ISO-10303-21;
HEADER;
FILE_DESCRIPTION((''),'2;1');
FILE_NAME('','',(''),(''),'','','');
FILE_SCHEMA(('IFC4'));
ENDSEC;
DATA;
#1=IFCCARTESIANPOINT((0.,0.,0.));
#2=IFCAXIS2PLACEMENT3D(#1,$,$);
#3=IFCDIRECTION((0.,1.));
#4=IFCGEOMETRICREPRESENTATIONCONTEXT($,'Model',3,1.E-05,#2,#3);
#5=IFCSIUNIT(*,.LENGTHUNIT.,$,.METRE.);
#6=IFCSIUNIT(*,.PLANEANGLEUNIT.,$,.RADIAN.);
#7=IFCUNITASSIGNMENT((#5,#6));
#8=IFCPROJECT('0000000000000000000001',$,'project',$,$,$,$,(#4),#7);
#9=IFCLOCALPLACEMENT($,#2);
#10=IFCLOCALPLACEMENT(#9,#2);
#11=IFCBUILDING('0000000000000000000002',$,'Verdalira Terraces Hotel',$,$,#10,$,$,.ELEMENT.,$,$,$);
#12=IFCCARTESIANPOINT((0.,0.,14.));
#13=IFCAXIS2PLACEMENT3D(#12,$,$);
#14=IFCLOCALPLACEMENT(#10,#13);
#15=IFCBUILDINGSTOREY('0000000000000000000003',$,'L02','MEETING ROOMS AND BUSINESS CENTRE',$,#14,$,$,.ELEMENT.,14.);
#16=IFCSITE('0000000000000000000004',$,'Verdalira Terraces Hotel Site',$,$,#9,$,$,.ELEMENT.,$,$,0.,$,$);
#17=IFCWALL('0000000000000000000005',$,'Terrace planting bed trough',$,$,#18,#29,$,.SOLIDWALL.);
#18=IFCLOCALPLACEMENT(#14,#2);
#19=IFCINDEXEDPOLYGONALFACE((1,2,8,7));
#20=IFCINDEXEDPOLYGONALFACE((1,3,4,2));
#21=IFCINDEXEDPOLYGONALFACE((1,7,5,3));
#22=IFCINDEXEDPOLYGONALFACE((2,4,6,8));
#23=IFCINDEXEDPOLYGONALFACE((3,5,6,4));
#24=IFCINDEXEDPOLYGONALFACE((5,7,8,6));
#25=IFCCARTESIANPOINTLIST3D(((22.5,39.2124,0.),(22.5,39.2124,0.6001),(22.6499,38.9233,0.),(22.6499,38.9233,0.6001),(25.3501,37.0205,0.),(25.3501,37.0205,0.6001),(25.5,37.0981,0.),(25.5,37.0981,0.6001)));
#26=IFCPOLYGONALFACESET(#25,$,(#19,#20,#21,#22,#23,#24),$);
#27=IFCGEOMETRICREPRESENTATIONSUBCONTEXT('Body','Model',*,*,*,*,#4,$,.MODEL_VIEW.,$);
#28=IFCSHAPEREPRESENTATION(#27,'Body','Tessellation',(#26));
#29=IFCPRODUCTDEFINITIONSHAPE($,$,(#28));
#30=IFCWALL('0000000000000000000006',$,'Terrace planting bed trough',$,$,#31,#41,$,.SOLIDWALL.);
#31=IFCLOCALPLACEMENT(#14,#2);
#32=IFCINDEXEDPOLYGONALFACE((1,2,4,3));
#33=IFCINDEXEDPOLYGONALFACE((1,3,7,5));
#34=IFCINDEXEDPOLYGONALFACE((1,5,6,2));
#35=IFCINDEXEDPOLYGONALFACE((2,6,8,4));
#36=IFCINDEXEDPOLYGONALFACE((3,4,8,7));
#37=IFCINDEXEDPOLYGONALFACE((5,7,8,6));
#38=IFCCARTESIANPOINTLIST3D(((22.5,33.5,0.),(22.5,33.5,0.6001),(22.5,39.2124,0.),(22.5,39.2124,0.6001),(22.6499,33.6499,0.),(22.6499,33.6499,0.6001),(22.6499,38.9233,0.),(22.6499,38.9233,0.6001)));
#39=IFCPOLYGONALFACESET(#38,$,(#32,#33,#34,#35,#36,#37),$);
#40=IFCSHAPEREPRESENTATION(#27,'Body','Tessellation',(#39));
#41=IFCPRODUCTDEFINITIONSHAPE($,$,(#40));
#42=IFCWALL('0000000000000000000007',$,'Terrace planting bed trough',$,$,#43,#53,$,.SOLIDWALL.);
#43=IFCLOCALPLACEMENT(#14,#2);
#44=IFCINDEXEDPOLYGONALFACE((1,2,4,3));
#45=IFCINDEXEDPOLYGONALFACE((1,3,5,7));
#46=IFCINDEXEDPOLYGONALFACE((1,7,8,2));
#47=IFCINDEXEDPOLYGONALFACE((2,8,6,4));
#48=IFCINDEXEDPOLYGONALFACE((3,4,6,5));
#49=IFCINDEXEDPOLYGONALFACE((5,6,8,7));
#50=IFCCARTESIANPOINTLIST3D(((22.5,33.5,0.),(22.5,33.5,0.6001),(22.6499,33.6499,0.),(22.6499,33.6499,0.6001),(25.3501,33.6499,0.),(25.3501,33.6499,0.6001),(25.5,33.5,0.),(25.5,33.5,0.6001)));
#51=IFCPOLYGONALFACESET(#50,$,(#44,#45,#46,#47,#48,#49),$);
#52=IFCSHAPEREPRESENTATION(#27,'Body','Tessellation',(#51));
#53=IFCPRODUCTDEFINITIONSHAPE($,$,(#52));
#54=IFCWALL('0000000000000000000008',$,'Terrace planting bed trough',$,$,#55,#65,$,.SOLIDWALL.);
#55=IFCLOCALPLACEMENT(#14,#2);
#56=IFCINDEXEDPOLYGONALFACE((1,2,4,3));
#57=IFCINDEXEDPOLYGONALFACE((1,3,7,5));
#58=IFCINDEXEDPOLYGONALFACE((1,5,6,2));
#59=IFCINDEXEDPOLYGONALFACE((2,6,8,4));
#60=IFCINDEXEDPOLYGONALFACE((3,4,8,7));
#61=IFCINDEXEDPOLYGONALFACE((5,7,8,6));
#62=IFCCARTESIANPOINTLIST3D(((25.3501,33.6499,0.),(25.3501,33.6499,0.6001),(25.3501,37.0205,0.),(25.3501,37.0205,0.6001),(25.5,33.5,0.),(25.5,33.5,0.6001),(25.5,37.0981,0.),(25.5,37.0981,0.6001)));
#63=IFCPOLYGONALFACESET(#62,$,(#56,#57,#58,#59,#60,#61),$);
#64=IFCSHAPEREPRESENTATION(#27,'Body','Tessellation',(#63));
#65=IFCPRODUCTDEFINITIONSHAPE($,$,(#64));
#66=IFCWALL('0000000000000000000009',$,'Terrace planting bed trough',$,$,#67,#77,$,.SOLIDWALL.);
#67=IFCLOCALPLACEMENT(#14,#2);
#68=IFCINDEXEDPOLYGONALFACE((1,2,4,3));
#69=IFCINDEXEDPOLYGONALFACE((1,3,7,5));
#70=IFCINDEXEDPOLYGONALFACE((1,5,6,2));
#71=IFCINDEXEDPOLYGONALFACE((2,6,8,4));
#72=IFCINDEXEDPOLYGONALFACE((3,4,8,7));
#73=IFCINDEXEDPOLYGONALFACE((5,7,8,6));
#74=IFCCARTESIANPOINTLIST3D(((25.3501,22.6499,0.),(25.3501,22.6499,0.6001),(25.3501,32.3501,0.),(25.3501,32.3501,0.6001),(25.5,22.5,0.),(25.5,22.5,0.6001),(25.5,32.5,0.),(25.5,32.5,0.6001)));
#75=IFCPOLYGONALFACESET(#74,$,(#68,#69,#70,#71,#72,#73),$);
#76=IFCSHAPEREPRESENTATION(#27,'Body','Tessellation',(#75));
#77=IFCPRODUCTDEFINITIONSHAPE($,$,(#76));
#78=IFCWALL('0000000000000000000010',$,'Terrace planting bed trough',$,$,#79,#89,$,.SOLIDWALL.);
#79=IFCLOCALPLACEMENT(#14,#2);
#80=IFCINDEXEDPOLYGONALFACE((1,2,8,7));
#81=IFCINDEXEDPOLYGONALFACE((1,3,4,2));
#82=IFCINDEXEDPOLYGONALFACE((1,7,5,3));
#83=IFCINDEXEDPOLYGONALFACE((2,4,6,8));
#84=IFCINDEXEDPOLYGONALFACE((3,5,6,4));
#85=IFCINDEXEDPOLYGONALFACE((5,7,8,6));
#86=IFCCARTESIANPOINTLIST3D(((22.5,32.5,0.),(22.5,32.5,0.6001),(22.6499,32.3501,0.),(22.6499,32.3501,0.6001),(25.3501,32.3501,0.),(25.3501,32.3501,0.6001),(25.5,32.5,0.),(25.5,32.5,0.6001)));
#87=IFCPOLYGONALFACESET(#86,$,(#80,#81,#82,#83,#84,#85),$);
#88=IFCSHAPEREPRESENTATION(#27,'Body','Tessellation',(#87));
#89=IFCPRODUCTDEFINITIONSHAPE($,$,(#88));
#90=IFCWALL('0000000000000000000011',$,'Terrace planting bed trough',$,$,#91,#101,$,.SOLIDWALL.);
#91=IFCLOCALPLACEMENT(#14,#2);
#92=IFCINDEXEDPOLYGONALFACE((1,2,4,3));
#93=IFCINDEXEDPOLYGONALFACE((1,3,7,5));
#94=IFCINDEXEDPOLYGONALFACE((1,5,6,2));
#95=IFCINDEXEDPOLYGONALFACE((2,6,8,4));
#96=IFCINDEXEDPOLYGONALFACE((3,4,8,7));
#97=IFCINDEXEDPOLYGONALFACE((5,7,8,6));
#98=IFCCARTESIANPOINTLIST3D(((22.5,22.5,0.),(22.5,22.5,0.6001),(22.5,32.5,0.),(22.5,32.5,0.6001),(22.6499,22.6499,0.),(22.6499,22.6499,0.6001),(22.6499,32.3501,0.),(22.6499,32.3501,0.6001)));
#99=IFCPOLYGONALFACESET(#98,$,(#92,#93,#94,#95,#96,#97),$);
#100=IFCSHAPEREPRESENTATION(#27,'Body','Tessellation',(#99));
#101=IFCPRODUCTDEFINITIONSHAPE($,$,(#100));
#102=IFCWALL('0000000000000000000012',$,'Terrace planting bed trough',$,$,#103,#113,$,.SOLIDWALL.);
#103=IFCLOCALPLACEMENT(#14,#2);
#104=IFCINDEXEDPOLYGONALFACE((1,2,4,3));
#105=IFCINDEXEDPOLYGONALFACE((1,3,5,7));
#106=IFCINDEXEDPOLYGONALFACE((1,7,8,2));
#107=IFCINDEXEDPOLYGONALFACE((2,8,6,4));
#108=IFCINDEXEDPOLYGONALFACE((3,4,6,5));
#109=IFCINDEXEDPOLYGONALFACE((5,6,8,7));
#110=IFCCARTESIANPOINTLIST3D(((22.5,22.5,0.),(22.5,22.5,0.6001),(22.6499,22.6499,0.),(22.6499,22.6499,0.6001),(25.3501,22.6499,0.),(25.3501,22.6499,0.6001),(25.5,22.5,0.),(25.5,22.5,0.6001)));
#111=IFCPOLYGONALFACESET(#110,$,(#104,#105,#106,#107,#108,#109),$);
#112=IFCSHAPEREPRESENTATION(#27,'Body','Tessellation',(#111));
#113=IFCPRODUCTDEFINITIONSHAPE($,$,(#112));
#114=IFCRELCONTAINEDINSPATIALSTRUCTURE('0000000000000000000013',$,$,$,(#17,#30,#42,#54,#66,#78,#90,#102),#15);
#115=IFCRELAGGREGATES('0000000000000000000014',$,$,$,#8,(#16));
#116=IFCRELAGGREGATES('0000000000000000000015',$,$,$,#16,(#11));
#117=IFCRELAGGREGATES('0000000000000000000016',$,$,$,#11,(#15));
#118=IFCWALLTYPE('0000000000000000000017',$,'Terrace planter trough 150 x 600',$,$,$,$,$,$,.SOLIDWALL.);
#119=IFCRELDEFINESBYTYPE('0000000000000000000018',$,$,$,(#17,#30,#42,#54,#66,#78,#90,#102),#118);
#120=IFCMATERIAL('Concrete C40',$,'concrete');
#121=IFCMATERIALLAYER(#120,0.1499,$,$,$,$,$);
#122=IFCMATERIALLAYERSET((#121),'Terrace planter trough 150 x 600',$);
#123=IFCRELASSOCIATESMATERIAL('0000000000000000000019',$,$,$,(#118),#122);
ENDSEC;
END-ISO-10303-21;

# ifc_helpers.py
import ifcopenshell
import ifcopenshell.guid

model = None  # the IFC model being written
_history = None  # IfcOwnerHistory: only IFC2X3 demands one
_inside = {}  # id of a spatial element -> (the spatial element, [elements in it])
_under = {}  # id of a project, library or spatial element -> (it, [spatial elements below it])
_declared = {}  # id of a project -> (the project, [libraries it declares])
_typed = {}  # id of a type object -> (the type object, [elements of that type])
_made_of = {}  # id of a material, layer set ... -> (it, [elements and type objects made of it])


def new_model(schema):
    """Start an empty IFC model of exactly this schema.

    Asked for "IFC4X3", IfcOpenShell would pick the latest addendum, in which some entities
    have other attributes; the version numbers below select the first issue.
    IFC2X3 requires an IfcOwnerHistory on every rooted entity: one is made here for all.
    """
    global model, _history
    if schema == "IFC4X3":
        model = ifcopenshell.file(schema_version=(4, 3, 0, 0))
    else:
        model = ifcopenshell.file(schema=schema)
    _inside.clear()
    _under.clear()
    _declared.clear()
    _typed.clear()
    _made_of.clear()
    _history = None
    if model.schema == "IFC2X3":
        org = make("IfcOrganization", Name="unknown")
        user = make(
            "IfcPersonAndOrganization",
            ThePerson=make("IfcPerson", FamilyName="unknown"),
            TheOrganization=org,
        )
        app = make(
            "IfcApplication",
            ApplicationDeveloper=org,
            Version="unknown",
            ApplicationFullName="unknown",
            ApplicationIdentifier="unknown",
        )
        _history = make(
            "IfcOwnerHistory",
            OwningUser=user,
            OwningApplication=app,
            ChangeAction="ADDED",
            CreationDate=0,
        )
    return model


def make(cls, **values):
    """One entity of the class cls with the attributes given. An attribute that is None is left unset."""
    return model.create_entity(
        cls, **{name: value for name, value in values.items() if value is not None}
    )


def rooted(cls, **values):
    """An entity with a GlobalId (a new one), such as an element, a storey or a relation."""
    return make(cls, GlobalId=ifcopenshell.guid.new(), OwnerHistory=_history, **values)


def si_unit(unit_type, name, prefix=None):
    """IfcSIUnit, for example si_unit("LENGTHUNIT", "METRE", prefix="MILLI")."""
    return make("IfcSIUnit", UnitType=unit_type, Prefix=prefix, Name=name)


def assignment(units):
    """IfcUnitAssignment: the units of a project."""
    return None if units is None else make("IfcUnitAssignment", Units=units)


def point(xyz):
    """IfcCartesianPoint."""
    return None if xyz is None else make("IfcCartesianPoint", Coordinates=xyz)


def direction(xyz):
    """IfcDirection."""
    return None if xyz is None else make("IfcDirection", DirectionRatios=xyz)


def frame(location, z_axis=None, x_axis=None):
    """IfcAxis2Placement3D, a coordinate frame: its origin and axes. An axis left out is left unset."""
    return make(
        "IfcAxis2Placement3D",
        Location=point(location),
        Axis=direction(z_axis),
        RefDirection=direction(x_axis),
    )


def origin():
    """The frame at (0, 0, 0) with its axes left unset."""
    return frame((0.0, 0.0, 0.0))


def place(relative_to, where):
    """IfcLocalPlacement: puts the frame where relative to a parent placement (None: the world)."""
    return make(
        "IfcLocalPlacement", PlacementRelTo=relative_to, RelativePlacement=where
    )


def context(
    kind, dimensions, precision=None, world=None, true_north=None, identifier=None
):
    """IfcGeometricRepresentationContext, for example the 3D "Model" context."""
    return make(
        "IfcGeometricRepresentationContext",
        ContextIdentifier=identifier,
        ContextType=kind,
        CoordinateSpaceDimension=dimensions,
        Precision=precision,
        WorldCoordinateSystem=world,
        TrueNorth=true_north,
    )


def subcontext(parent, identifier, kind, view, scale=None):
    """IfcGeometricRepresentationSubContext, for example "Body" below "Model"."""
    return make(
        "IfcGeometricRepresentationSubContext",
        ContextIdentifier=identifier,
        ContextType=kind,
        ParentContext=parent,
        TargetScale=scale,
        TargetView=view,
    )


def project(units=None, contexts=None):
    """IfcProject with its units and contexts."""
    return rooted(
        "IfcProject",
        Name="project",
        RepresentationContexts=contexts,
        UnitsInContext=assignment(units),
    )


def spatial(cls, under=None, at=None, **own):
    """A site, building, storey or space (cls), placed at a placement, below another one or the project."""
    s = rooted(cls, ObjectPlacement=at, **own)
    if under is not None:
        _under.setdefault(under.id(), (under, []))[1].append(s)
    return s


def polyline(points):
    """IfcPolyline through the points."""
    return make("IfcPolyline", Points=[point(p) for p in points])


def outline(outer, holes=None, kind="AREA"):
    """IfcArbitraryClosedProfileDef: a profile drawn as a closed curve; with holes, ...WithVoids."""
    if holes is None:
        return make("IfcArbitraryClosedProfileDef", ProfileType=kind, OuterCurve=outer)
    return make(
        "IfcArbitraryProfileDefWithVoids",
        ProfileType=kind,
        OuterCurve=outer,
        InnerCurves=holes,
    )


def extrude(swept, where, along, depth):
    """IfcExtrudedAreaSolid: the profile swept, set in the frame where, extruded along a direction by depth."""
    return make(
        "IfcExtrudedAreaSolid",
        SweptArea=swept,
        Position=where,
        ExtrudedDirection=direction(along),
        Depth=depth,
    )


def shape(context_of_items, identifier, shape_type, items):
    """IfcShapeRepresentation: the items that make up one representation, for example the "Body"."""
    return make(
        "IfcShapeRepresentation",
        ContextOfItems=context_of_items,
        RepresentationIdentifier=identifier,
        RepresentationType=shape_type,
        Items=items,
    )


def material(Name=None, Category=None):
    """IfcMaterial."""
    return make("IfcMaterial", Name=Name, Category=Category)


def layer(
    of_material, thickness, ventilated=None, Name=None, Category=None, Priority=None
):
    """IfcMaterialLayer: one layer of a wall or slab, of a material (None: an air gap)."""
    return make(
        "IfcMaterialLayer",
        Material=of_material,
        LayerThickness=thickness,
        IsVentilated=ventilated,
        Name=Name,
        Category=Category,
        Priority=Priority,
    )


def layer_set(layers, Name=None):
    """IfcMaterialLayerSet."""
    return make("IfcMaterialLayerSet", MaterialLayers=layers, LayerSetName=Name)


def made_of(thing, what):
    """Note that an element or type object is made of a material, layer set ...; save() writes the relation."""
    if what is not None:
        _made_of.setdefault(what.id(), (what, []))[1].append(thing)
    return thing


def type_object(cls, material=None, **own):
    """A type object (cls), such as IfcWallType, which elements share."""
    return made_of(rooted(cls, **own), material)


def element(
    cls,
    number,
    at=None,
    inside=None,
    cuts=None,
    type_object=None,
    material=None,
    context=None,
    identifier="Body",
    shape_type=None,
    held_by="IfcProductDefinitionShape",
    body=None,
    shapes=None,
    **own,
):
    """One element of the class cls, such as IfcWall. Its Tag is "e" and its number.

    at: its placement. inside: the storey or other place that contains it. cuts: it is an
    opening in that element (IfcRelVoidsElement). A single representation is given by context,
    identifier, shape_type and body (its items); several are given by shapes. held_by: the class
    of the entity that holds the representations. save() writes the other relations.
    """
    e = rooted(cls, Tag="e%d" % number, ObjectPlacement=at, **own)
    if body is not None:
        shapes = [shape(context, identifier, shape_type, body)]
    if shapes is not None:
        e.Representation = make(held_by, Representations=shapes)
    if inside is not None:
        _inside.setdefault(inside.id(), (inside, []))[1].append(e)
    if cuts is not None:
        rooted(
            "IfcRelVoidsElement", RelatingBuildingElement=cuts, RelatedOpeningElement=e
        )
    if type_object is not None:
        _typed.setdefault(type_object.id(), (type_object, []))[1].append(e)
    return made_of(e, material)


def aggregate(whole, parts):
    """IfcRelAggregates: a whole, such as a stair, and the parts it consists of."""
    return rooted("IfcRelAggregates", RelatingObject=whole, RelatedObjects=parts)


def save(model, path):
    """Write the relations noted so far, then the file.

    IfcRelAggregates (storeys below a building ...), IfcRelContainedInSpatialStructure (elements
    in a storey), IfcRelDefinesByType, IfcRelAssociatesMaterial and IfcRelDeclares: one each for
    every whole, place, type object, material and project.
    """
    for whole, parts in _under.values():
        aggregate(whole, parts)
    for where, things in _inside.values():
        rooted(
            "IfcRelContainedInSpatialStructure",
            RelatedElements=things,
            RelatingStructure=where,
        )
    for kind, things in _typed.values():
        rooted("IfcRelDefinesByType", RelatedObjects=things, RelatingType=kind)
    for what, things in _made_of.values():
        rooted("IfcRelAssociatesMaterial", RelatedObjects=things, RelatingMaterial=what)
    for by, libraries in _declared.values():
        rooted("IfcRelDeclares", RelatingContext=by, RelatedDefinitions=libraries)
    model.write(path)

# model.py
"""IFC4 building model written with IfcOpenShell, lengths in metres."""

from ifc_helpers import new_model, si_unit, direction, frame, origin, place, context, subcontext, project, spatial, polyline, outline, extrude, material, layer, layer_set, type_object, element, save


model = new_model("IFC4")

# Units and contexts
model_context = context("Model", 3, precision=1e-05, world=origin(), true_north=direction((0.0, 1.0)))
body_context = subcontext(model_context, "Body", "Model", "MODEL_VIEW")
ifc_project = project(units=[si_unit("LENGTHUNIT", "METRE"), si_unit("PLANEANGLEUNIT", "RADIAN")], contexts=[model_context])

# Site, building, storey
site_placement = place(None, origin())
site = spatial("IfcSite", under=ifc_project, at=site_placement, Name="Verdalira Terraces Hotel Site", CompositionType="ELEMENT", RefElevation=0.0)
building_placement = place(site_placement, origin())
building = spatial("IfcBuilding", under=site, at=building_placement, Name="Verdalira Terraces Hotel", CompositionType="ELEMENT")
storey_placement = place(building_placement, frame((0.0, 0.0, 14.0)))
storey = spatial("IfcBuildingStorey", under=building, at=storey_placement, Name="L02", Description="MEETING ROOMS AND BUSINESS CENTRE", CompositionType="ELEMENT", Elevation=14.0)

# Walls
ifc_material_1 = material(Name="Concrete C40", Category="concrete")
ifc_layer_1 = layer(ifc_material_1, 0.1499)
ifc_layer_set_1 = layer_set([ifc_layer_1], Name="Terrace planter trough 150 x 600")
wall_type_1 = type_object("IfcWallType", Name="Terrace planter trough 150 x 600", PredefinedType="SOLIDWALL", material=ifc_layer_set_1)
wall_1_placement = place(storey_placement, origin())
element("IfcWall", 1, at=wall_1_placement, inside=storey, type_object=wall_type_1, Name="Terrace planting bed trough", PredefinedType="SOLIDWALL", context=body_context, shape_type="SweptSolid", body=[
    extrude(outline(polyline([(25.5, 37.0981), (22.5, 39.2124), (22.6499, 38.9233), (25.3501, 37.0205), (25.5, 37.0981)])), origin(), (0.0, 0.0, 1.0), 0.6001),
])
wall_2_placement = place(storey_placement, origin())
element("IfcWall", 2, at=wall_2_placement, inside=storey, type_object=wall_type_1, Name="Terrace planting bed trough", PredefinedType="SOLIDWALL", context=body_context, shape_type="SweptSolid", body=[
    extrude(outline(polyline([(22.5, 39.2124), (22.5, 33.5), (22.6499, 33.6499), (22.6499, 38.9233), (22.5, 39.2124)])), origin(), (0.0, 0.0, 1.0), 0.6001),
])
wall_3_placement = place(storey_placement, origin())
element("IfcWall", 3, at=wall_3_placement, inside=storey, type_object=wall_type_1, Name="Terrace planting bed trough", PredefinedType="SOLIDWALL", context=body_context, shape_type="SweptSolid", body=[
    extrude(outline(polyline([(22.5, 33.5), (25.5, 33.5), (25.3501, 33.6499), (22.6499, 33.6499), (22.5, 33.5)])), origin(), (0.0, 0.0, 1.0), 0.6001),
])
wall_4_placement = place(storey_placement, origin())
element("IfcWall", 4, at=wall_4_placement, inside=storey, type_object=wall_type_1, Name="Terrace planting bed trough", PredefinedType="SOLIDWALL", context=body_context, shape_type="SweptSolid", body=[
    extrude(outline(polyline([(25.5, 33.5), (25.5, 37.0981), (25.3501, 37.0205), (25.3501, 33.6499), (25.5, 33.5)])), origin(), (0.0, 0.0, 1.0), 0.6001),
])
wall_5_placement = place(storey_placement, origin())
element("IfcWall", 5, at=wall_5_placement, inside=storey, type_object=wall_type_1, Name="Terrace planting bed trough", PredefinedType="SOLIDWALL", context=body_context, shape_type="SweptSolid", body=[
    extrude(outline(polyline([(25.5, 22.5), (25.5, 32.5), (25.3501, 32.3501), (25.3501, 22.6499), (25.5, 22.5)])), origin(), (0.0, 0.0, 1.0), 0.6001),
])
wall_6_placement = place(storey_placement, origin())
element("IfcWall", 6, at=wall_6_placement, inside=storey, type_object=wall_type_1, Name="Terrace planting bed trough", PredefinedType="SOLIDWALL", context=body_context, shape_type="SweptSolid", body=[
    extrude(outline(polyline([(25.5, 32.5), (22.5, 32.5), (22.6499, 32.3501), (25.3501, 32.3501), (25.5, 32.5)])), origin(), (0.0, 0.0, 1.0), 0.6001),
])
wall_7_placement = place(storey_placement, origin())
element("IfcWall", 7, at=wall_7_placement, inside=storey, type_object=wall_type_1, Name="Terrace planting bed trough", PredefinedType="SOLIDWALL", context=body_context, shape_type="SweptSolid", body=[
    extrude(outline(polyline([(22.5, 32.5), (22.5, 22.5), (22.6499, 22.6499), (22.6499, 32.3501), (22.5, 32.5)])), origin(), (0.0, 0.0, 1.0), 0.6001),
])
wall_8_placement = place(storey_placement, origin())
element("IfcWall", 8, at=wall_8_placement, inside=storey, type_object=wall_type_1, Name="Terrace planting bed trough", PredefinedType="SOLIDWALL", context=body_context, shape_type="SweptSolid", body=[
    extrude(outline(polyline([(22.5, 22.5), (25.5, 22.5), (25.3501, 22.6499), (22.6499, 22.6499), (22.5, 22.5)])), origin(), (0.0, 0.0, 1.0), 0.6001),
])

save(model, "model.ifc")
